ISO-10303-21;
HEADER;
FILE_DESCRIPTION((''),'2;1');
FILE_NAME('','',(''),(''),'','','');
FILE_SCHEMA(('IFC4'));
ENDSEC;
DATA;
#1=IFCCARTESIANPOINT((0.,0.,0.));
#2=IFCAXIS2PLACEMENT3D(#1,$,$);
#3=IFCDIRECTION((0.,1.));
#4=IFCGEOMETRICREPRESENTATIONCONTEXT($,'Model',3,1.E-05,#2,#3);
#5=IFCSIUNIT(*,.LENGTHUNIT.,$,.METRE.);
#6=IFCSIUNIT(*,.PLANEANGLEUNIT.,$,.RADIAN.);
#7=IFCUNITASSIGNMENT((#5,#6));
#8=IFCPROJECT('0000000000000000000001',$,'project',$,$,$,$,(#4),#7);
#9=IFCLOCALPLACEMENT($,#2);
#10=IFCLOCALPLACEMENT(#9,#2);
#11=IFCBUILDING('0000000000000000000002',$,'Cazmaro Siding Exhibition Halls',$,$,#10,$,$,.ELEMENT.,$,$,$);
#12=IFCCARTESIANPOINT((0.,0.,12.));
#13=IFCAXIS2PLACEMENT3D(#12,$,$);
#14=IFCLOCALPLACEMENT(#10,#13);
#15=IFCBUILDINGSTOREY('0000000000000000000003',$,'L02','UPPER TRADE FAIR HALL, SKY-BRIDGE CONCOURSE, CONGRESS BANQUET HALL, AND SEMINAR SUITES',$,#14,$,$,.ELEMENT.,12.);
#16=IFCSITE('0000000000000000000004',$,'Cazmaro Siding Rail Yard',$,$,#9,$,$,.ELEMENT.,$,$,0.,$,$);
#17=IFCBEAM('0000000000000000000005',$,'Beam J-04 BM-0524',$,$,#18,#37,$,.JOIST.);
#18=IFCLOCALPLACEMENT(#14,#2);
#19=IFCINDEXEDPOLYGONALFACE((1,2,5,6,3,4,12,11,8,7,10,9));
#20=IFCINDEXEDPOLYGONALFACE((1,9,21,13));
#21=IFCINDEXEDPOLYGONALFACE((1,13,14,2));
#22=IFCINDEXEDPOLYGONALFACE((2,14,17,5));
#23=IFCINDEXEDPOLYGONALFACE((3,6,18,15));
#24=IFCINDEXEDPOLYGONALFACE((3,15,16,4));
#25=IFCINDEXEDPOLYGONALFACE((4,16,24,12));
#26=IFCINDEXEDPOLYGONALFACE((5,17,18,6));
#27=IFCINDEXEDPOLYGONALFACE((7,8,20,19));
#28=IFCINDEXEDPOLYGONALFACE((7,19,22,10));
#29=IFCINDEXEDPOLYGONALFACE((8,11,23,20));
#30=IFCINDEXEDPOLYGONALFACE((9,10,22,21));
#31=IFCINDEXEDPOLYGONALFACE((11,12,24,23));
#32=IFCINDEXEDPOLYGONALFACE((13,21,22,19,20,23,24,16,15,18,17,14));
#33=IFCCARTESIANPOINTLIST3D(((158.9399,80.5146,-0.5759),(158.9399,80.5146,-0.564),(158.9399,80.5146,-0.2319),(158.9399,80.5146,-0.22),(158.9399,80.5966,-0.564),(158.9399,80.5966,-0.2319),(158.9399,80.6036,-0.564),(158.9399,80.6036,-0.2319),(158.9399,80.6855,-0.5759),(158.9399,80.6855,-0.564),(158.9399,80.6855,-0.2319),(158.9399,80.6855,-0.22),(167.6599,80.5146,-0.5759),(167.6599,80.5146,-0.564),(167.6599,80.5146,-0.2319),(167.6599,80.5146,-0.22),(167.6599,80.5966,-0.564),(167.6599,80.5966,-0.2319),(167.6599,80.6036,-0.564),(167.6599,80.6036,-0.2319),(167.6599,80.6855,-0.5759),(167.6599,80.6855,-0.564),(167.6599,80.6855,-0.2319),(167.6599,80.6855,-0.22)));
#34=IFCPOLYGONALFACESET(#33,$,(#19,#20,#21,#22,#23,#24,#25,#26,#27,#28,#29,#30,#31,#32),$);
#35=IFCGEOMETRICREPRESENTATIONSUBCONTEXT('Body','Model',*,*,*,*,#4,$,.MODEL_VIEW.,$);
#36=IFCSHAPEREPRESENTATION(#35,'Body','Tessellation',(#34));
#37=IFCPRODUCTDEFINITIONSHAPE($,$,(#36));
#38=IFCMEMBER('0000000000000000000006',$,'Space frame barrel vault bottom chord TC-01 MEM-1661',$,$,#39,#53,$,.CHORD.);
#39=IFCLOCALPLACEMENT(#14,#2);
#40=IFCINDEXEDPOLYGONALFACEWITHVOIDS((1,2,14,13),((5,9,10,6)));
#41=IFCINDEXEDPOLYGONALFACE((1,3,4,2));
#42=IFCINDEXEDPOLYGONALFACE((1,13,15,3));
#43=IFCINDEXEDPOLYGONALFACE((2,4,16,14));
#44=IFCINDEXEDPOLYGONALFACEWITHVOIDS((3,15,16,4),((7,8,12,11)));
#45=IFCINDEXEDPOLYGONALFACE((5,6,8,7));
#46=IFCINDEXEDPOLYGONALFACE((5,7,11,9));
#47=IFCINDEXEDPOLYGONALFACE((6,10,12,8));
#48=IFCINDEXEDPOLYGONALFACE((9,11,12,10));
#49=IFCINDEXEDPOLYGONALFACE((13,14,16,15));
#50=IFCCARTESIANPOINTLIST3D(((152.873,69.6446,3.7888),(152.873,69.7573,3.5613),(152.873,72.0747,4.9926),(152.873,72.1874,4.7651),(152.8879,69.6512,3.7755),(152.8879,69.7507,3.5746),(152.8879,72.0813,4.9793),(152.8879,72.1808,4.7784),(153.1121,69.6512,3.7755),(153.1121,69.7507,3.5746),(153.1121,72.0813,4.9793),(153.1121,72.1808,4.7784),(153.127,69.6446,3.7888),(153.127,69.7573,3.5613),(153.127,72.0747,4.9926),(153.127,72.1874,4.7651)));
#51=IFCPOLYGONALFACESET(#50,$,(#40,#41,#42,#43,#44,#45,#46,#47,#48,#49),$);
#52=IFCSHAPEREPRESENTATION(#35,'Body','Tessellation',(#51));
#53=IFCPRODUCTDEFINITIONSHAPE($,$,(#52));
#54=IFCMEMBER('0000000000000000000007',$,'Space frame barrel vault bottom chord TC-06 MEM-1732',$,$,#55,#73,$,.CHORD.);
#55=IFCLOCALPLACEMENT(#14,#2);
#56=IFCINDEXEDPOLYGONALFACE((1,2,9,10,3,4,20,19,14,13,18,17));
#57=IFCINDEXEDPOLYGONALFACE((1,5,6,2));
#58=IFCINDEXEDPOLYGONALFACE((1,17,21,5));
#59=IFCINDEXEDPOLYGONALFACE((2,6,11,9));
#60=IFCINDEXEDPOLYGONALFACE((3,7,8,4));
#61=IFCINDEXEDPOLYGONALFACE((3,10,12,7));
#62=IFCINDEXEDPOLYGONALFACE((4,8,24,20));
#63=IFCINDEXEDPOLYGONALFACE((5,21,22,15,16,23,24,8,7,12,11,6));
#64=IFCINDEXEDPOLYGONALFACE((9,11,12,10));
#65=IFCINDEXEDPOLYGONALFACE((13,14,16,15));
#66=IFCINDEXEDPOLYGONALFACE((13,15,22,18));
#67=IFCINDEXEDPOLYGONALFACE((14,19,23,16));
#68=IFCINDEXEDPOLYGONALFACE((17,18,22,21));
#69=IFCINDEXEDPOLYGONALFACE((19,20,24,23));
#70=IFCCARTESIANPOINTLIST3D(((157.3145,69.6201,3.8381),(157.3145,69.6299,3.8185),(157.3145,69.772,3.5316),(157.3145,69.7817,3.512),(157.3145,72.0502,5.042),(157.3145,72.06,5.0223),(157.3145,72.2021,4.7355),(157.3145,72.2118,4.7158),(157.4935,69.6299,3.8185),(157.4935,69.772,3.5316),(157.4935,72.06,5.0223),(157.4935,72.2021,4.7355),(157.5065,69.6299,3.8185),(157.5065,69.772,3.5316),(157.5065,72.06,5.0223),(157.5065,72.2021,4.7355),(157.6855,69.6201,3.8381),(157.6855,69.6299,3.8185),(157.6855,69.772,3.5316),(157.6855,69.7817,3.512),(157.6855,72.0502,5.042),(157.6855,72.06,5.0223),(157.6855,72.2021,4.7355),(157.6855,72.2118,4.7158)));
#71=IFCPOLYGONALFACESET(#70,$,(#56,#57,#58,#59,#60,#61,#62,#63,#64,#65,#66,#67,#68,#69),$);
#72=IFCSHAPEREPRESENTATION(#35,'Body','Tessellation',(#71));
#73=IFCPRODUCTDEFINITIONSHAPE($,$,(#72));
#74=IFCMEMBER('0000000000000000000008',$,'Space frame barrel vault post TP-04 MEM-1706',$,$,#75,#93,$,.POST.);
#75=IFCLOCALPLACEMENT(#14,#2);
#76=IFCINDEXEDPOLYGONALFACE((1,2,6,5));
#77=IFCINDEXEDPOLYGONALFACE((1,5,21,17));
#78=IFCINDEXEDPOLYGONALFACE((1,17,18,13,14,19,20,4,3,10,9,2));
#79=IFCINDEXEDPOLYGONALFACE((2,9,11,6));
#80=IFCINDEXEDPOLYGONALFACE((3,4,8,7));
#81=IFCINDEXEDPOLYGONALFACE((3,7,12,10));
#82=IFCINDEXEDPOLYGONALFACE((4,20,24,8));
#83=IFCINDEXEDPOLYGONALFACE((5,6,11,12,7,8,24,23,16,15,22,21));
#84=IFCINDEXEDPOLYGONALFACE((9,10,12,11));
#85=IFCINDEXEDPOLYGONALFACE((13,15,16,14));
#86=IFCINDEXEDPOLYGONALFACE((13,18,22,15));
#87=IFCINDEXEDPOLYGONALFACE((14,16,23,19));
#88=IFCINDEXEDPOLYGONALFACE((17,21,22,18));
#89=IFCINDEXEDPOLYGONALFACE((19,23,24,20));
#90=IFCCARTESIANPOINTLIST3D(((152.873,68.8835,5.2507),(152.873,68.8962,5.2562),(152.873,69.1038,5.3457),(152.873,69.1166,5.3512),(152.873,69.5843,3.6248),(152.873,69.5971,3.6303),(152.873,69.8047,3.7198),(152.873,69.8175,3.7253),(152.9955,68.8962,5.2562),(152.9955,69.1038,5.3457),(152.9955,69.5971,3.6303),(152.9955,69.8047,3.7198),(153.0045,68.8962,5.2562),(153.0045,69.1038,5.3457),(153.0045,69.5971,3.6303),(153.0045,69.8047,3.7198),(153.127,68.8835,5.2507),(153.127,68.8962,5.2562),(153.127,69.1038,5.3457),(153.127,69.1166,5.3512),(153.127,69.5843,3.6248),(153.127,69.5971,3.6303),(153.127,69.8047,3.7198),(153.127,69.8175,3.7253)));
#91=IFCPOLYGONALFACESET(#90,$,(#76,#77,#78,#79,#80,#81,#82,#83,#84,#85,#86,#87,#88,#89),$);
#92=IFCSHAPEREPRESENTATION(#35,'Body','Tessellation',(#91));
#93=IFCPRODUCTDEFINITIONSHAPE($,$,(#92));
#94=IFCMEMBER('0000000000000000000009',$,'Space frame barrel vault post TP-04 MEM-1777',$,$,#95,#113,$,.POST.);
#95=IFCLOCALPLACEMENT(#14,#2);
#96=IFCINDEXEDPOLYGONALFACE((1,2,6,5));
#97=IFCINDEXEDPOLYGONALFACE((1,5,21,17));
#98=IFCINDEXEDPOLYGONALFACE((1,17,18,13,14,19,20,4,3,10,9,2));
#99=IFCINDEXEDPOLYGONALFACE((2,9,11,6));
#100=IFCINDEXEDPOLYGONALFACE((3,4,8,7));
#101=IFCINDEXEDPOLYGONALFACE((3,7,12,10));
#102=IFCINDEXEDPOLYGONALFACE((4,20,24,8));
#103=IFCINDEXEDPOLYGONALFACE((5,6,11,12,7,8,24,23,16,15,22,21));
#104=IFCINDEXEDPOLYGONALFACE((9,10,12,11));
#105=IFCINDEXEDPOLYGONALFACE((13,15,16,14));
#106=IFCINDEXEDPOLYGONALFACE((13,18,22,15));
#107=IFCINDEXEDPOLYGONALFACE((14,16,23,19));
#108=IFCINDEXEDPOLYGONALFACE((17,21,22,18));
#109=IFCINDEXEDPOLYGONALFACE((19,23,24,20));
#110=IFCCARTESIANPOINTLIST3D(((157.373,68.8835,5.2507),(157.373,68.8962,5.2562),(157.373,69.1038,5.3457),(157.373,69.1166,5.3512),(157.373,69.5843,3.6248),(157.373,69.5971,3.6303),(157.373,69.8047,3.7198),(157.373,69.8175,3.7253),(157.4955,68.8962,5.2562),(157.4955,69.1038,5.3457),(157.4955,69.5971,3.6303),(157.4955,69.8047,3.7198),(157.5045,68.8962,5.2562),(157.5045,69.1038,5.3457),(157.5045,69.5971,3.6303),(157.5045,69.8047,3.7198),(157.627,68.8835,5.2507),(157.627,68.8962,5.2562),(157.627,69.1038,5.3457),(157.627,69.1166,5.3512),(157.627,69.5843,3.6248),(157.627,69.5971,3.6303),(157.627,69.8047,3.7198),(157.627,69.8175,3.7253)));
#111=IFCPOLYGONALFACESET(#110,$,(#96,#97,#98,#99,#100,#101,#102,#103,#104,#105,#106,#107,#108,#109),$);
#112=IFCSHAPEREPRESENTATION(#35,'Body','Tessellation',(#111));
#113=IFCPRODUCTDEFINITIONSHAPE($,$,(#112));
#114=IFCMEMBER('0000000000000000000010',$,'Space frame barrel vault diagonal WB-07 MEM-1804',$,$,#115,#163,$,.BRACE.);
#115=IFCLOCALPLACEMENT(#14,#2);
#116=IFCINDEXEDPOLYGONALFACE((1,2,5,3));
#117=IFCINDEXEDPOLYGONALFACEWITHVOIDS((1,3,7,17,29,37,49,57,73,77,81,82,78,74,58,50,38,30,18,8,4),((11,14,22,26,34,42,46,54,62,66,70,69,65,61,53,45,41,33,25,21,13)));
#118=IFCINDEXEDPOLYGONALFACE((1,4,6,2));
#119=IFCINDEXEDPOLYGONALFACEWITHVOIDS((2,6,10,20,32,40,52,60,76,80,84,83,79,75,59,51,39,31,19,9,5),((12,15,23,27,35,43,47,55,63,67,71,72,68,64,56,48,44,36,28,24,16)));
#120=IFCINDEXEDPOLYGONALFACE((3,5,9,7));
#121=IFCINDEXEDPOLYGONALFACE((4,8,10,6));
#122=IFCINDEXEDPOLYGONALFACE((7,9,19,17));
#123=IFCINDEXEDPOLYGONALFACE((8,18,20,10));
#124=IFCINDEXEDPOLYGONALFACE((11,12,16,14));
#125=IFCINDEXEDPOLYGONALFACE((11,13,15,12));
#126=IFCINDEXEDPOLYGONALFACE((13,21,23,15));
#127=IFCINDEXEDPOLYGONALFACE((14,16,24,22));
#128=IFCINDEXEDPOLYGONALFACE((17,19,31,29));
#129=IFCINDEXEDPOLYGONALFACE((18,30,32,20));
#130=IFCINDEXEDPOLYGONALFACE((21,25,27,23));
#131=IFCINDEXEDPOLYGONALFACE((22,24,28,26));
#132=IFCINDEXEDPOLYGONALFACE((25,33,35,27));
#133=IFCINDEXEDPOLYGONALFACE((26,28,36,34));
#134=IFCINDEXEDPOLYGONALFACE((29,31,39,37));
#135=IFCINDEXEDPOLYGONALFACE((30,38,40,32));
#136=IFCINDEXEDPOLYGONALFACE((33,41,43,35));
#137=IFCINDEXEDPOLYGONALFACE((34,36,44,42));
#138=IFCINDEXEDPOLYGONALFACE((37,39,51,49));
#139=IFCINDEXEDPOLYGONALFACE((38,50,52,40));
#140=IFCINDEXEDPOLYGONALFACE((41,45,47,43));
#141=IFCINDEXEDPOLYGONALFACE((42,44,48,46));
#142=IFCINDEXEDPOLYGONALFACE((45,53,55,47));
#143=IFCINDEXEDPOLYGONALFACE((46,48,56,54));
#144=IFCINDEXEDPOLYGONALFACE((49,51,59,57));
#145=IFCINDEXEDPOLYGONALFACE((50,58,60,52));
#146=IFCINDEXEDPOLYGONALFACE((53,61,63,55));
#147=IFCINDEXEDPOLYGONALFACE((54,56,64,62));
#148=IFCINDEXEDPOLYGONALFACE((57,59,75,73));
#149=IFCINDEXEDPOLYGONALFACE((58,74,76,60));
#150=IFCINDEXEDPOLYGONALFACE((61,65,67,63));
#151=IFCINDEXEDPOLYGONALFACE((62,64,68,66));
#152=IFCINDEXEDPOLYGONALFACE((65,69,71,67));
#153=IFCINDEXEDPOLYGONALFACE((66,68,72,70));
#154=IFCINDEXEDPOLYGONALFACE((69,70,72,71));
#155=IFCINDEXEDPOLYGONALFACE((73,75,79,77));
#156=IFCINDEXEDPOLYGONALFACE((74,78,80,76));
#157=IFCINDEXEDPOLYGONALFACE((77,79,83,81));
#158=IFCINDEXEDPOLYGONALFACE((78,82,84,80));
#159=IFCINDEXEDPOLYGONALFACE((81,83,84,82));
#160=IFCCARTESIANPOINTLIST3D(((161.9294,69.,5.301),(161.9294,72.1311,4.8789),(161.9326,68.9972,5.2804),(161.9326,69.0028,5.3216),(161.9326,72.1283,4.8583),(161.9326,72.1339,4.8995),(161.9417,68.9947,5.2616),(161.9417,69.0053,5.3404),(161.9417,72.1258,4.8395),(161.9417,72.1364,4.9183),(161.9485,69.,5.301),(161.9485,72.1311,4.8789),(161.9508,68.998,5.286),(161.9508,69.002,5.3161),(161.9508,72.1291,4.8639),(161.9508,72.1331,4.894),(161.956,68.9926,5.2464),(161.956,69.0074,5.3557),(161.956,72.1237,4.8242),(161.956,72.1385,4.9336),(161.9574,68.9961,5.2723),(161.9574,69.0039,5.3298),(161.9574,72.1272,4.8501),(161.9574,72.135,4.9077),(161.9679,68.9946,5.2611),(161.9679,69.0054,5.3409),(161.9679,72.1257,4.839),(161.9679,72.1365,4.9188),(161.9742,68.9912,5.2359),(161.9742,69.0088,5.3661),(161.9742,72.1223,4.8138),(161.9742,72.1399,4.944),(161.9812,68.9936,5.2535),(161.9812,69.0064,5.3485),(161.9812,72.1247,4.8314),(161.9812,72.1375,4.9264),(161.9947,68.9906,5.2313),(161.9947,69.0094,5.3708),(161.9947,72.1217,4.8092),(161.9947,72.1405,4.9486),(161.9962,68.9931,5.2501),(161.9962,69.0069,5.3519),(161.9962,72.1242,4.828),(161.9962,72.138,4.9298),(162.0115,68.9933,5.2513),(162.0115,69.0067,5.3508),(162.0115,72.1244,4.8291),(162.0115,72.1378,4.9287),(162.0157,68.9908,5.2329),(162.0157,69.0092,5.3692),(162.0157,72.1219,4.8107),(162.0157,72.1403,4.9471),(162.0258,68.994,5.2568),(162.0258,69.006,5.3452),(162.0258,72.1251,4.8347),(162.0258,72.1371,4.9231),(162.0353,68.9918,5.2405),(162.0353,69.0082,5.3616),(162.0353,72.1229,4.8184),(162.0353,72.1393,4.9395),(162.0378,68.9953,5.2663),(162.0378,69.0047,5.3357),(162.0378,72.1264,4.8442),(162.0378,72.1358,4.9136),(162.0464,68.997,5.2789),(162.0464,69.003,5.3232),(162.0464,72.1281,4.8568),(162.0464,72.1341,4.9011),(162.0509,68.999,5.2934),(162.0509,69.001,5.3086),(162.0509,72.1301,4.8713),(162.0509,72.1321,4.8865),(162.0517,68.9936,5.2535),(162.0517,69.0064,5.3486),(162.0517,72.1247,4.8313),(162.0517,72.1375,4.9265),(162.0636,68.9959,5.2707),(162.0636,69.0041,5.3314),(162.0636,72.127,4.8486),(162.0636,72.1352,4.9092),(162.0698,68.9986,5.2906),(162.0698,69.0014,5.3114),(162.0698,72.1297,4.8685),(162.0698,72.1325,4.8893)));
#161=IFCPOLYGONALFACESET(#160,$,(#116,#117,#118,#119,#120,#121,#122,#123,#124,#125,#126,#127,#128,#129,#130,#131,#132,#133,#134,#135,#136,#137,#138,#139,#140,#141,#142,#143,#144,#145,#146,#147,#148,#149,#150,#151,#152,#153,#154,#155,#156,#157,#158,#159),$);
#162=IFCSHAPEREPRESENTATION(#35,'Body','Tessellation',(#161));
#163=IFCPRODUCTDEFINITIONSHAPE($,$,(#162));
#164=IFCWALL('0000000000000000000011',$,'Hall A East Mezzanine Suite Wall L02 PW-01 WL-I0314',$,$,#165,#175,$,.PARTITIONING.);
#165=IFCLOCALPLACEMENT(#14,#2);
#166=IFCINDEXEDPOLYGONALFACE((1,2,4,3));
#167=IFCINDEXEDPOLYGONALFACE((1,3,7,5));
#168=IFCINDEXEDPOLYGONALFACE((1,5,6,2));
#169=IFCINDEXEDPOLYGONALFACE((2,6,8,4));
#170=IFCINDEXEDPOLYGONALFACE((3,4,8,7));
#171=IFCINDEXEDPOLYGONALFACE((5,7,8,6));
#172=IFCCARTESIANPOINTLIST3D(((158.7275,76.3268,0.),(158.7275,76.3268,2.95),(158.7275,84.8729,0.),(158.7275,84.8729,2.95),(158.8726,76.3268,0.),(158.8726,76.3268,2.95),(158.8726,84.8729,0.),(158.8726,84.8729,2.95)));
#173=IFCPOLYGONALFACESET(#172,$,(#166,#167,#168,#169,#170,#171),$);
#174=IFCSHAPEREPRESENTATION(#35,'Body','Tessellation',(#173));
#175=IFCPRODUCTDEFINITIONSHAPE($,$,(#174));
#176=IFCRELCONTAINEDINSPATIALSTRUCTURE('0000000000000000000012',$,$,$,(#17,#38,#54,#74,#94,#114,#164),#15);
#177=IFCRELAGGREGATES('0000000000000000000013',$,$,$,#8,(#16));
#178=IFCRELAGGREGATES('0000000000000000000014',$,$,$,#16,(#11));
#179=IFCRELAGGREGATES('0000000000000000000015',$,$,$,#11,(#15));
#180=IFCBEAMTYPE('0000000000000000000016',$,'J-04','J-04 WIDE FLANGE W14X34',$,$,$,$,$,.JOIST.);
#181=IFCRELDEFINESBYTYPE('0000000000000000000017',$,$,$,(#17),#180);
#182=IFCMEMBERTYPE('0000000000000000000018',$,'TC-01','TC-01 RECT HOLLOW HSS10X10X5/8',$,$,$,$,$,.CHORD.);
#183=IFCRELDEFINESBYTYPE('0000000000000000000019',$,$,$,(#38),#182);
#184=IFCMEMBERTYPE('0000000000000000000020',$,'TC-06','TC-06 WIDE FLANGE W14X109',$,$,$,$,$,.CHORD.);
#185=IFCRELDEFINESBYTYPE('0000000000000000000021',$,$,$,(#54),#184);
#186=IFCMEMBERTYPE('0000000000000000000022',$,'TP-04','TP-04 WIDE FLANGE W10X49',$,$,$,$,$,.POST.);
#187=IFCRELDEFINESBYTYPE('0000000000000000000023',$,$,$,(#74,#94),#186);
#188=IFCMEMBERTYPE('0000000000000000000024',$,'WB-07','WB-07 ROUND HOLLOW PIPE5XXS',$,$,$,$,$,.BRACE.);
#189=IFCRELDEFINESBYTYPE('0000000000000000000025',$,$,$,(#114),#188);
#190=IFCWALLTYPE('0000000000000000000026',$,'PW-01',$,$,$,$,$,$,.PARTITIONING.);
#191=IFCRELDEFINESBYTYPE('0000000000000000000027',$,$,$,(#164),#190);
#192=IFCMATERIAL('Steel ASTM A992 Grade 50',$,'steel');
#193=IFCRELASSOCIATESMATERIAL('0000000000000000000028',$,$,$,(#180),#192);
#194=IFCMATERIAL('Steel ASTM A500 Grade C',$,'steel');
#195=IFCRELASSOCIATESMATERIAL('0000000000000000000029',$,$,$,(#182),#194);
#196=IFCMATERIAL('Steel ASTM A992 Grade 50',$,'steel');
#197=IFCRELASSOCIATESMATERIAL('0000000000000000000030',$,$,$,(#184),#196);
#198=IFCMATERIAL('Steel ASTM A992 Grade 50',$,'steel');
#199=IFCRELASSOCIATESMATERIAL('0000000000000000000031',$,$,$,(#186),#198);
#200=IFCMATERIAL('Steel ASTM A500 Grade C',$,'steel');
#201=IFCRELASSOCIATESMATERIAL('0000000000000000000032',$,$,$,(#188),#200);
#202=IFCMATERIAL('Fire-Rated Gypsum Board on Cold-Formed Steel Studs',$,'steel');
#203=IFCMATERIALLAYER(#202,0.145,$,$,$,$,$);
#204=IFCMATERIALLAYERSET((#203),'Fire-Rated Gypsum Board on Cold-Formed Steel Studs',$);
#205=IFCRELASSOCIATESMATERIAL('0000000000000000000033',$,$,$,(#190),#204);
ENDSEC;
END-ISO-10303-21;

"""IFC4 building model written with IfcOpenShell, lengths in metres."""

from ifc_helpers import new_model, si_unit, direction, frame, frame_2d, origin, origin_2d, place, context, subcontext, project, spatial, rectangle, hollow_rectangle, hollow_circle, i_section, extrude, material, layer, layer_set, material_profile, profile_set, type_object, element, save


model = new_model("IFC4")

# Units and contexts
model_context = context("Model", 3, precision=1e-05, world=origin(), true_north=direction((0.0, 1.0)))
body_context = subcontext(model_context, "Body", "Model", "MODEL_VIEW")
ifc_project = project(units=[si_unit("LENGTHUNIT", "METRE"), si_unit("PLANEANGLEUNIT", "RADIAN")], contexts=[model_context])

# Site, building, storey
site_placement = place(None, origin())
site = spatial("IfcSite", under=ifc_project, at=site_placement, Name="Cazmaro Siding Rail Yard", CompositionType="ELEMENT", RefElevation=0.0)
building_placement = place(site_placement, origin())
building = spatial("IfcBuilding", under=site, at=building_placement, Name="Cazmaro Siding Exhibition Halls", CompositionType="ELEMENT")
storey_placement = place(building_placement, frame((0.0, 0.0, 12.0)))
storey = spatial("IfcBuildingStorey", under=building, at=storey_placement, Name="L02", Description="UPPER TRADE FAIR HALL, SKY-BRIDGE CONCOURSE, CONGRESS BANQUET HALL, AND SEMINAR SUITES", CompositionType="ELEMENT", Elevation=12.0)

# Beam
ifc_material_1 = material(Name="Steel ASTM A992 Grade 50", Category="steel")
ifc_material_profile_1 = material_profile(ifc_material_1, i_section(OverallWidth=0.1709, OverallDepth=0.356, WebThickness=0.0071, FlangeThickness=0.012, at=origin_2d()), Name="W14X34")
ifc_profile_set_1 = profile_set([ifc_material_profile_1], Name="Steel ASTM A992 Grade 50")
beam_type_1 = type_object("IfcBeamType", Name="J-04", Description="J-04 WIDE FLANGE W14X34", PredefinedType="JOIST", material=ifc_profile_set_1)
beam_1_placement = place(storey_placement, frame((158.9399, 80.6001, -0.3979), z_axis=(1.0, 0.0, 0.0), x_axis=(0.0, 1.0, 0.0)))
element("IfcBeam", 1, at=beam_1_placement, inside=storey, type_object=beam_type_1, Name="Beam J-04 BM-0524", PredefinedType="JOIST", context=body_context, shape_type="SweptSolid", body=[
    extrude(i_section(OverallWidth=0.1709, OverallDepth=0.356, WebThickness=0.0071, FlangeThickness=0.012, at=origin_2d()), origin(), (0.0, 0.0, 1.0), 8.72),
])

# Members
ifc_material_2 = material(Name="Steel ASTM A500 Grade C", Category="steel")
ifc_material_profile_2 = material_profile(ifc_material_2, hollow_rectangle(XDim=0.2539, YDim=0.2539, WallThickness=0.0149, at=origin_2d()), Name="HSS10X10X5/8")
ifc_profile_set_2 = profile_set([ifc_material_profile_2], Name="Steel ASTM A500 Grade C")
member_type_1 = type_object("IfcMemberType", Name="TC-01", Description="TC-01 RECT HOLLOW HSS10X10X5/8", PredefinedType="CHORD", material=ifc_profile_set_2)
member_1_placement = place(storey_placement, frame((153.0, 69.7009, 3.675), z_axis=(0.0, 0.896077, 0.443898), x_axis=(-1.0, 0.0, 0.0)))
element("IfcMember", 2, at=member_1_placement, inside=storey, type_object=member_type_1, Name="Space frame barrel vault bottom chord TC-01 MEM-1661", PredefinedType="CHORD", context=body_context, shape_type="SweptSolid", body=[
    extrude(hollow_rectangle(XDim=0.2539, YDim=0.2539, WallThickness=0.0149, at=origin_2d()), origin(), (0.0, 0.0, 1.0), 2.7119),
])
ifc_material_3 = material(Name="Steel ASTM A992 Grade 50", Category="steel")
ifc_material_profile_3 = material_profile(ifc_material_3, i_section(OverallWidth=0.3711, OverallDepth=0.364, WebThickness=0.0129, FlangeThickness=0.022, at=origin_2d()), Name="W14X109")
ifc_profile_set_3 = profile_set([ifc_material_profile_3], Name="Steel ASTM A992 Grade 50")
member_type_2 = type_object("IfcMemberType", Name="TC-06", Description="TC-06 WIDE FLANGE W14X109", PredefinedType="CHORD", material=ifc_profile_set_3)
member_2_placement = place(storey_placement, frame((157.5, 69.7009, 3.675), z_axis=(0.0, 0.896077, 0.443898), x_axis=(-1.0, 0.0, 0.0)))
element("IfcMember", 3, at=member_2_placement, inside=storey, type_object=member_type_2, Name="Space frame barrel vault bottom chord TC-06 MEM-1732", PredefinedType="CHORD", context=body_context, shape_type="SweptSolid", body=[
    extrude(i_section(OverallWidth=0.3711, OverallDepth=0.364, WebThickness=0.0129, FlangeThickness=0.022, at=origin_2d()), origin(), (0.0, 0.0, 1.0), 2.7119),
])
ifc_material_4 = material(Name="Steel ASTM A992 Grade 50", Category="steel")
ifc_material_profile_4 = material_profile(ifc_material_4, i_section(OverallWidth=0.2539, OverallDepth=0.2539, WebThickness=0.009, FlangeThickness=0.0139, at=origin_2d()), Name="W10X49")
ifc_profile_set_4 = profile_set([ifc_material_profile_4], Name="Steel ASTM A992 Grade 50")
member_type_3 = type_object("IfcMemberType", Name="TP-04", Description="TP-04 WIDE FLANGE W10X49", PredefinedType="POST", material=ifc_profile_set_4)
for number, where, z_axis, x_axis, name in (
    (4, (153.0, 69.7009, 3.675), (0.0, -0.395865, 0.918309), (1.0, 0.0, 0.0), "Space frame barrel vault post TP-04 MEM-1706"),
    (5, (157.5, 69.7009, 3.675), (0.0, -0.395865, 0.918309), (1.0, 0.0, 0.0), "Space frame barrel vault post TP-04 MEM-1777"),
):
    element("IfcMember", number, at=place(storey_placement, frame(where, z_axis=z_axis, x_axis=x_axis)), inside=storey, type_object=member_type_3, Name=name, PredefinedType="POST", context=body_context, shape_type="SweptSolid", body=[
        extrude(i_section(OverallWidth=0.2539, OverallDepth=0.2539, WebThickness=0.009, FlangeThickness=0.0139, at=origin_2d()), origin(), (0.0, 0.0, 1.0), 1.7705),
    ])
ifc_material_5 = material(Name="Steel ASTM A500 Grade C", Category="steel")
ifc_material_profile_5 = material_profile(ifc_material_5, hollow_circle(Radius=0.0706, WallThickness=0.019, at=origin_2d()), Name="PIPE5XXS")
ifc_profile_set_5 = profile_set([ifc_material_profile_5], Name="Steel ASTM A500 Grade C")
member_type_4 = type_object("IfcMemberType", Name="WB-07", Description="WB-07 ROUND HOLLOW PIPE5XXS", PredefinedType="BRACE", material=ifc_profile_set_5)
member_3_placement = place(storey_placement, frame((162.0, 69.0, 5.301), z_axis=(0.0, 0.991035, -0.133606), x_axis=(-1.0, 0.0, 0.0)))
element("IfcMember", 6, at=member_3_placement, inside=storey, type_object=member_type_4, Name="Space frame barrel vault diagonal WB-07 MEM-1804", PredefinedType="BRACE", context=body_context, shape_type="SweptSolid", body=[
    extrude(hollow_circle(Radius=0.0706, WallThickness=0.019, at=origin_2d()), origin(), (0.0, 0.0, 1.0), 3.1594),
])

# Wall
ifc_material_6 = material(Name="Fire-Rated Gypsum Board on Cold-Formed Steel Studs", Category="steel")
ifc_layer_1 = layer(ifc_material_6, 0.145)
ifc_layer_set_1 = layer_set([ifc_layer_1], Name="Fire-Rated Gypsum Board on Cold-Formed Steel Studs")
wall_type_1 = type_object("IfcWallType", Name="PW-01", PredefinedType="PARTITIONING", material=ifc_layer_set_1)
wall_1_placement = place(storey_placement, frame((158.8, 76.3269, 0.0), z_axis=(0.0, 0.0, 1.0), x_axis=(0.0, 1.0, 0.0)))
element("IfcWall", 7, at=wall_1_placement, inside=storey, type_object=wall_type_1, Name="Hall A East Mezzanine Suite Wall L02 PW-01 WL-I0314", PredefinedType="PARTITIONING", context=body_context, shape_type="SweptSolid", body=[
    extrude(rectangle(XDim=8.5461, YDim=0.145, at=frame_2d((4.2729, 0.0))), origin(), (0.0, 0.0, 1.0), 2.95),
])

save(model, "model.ifc")
